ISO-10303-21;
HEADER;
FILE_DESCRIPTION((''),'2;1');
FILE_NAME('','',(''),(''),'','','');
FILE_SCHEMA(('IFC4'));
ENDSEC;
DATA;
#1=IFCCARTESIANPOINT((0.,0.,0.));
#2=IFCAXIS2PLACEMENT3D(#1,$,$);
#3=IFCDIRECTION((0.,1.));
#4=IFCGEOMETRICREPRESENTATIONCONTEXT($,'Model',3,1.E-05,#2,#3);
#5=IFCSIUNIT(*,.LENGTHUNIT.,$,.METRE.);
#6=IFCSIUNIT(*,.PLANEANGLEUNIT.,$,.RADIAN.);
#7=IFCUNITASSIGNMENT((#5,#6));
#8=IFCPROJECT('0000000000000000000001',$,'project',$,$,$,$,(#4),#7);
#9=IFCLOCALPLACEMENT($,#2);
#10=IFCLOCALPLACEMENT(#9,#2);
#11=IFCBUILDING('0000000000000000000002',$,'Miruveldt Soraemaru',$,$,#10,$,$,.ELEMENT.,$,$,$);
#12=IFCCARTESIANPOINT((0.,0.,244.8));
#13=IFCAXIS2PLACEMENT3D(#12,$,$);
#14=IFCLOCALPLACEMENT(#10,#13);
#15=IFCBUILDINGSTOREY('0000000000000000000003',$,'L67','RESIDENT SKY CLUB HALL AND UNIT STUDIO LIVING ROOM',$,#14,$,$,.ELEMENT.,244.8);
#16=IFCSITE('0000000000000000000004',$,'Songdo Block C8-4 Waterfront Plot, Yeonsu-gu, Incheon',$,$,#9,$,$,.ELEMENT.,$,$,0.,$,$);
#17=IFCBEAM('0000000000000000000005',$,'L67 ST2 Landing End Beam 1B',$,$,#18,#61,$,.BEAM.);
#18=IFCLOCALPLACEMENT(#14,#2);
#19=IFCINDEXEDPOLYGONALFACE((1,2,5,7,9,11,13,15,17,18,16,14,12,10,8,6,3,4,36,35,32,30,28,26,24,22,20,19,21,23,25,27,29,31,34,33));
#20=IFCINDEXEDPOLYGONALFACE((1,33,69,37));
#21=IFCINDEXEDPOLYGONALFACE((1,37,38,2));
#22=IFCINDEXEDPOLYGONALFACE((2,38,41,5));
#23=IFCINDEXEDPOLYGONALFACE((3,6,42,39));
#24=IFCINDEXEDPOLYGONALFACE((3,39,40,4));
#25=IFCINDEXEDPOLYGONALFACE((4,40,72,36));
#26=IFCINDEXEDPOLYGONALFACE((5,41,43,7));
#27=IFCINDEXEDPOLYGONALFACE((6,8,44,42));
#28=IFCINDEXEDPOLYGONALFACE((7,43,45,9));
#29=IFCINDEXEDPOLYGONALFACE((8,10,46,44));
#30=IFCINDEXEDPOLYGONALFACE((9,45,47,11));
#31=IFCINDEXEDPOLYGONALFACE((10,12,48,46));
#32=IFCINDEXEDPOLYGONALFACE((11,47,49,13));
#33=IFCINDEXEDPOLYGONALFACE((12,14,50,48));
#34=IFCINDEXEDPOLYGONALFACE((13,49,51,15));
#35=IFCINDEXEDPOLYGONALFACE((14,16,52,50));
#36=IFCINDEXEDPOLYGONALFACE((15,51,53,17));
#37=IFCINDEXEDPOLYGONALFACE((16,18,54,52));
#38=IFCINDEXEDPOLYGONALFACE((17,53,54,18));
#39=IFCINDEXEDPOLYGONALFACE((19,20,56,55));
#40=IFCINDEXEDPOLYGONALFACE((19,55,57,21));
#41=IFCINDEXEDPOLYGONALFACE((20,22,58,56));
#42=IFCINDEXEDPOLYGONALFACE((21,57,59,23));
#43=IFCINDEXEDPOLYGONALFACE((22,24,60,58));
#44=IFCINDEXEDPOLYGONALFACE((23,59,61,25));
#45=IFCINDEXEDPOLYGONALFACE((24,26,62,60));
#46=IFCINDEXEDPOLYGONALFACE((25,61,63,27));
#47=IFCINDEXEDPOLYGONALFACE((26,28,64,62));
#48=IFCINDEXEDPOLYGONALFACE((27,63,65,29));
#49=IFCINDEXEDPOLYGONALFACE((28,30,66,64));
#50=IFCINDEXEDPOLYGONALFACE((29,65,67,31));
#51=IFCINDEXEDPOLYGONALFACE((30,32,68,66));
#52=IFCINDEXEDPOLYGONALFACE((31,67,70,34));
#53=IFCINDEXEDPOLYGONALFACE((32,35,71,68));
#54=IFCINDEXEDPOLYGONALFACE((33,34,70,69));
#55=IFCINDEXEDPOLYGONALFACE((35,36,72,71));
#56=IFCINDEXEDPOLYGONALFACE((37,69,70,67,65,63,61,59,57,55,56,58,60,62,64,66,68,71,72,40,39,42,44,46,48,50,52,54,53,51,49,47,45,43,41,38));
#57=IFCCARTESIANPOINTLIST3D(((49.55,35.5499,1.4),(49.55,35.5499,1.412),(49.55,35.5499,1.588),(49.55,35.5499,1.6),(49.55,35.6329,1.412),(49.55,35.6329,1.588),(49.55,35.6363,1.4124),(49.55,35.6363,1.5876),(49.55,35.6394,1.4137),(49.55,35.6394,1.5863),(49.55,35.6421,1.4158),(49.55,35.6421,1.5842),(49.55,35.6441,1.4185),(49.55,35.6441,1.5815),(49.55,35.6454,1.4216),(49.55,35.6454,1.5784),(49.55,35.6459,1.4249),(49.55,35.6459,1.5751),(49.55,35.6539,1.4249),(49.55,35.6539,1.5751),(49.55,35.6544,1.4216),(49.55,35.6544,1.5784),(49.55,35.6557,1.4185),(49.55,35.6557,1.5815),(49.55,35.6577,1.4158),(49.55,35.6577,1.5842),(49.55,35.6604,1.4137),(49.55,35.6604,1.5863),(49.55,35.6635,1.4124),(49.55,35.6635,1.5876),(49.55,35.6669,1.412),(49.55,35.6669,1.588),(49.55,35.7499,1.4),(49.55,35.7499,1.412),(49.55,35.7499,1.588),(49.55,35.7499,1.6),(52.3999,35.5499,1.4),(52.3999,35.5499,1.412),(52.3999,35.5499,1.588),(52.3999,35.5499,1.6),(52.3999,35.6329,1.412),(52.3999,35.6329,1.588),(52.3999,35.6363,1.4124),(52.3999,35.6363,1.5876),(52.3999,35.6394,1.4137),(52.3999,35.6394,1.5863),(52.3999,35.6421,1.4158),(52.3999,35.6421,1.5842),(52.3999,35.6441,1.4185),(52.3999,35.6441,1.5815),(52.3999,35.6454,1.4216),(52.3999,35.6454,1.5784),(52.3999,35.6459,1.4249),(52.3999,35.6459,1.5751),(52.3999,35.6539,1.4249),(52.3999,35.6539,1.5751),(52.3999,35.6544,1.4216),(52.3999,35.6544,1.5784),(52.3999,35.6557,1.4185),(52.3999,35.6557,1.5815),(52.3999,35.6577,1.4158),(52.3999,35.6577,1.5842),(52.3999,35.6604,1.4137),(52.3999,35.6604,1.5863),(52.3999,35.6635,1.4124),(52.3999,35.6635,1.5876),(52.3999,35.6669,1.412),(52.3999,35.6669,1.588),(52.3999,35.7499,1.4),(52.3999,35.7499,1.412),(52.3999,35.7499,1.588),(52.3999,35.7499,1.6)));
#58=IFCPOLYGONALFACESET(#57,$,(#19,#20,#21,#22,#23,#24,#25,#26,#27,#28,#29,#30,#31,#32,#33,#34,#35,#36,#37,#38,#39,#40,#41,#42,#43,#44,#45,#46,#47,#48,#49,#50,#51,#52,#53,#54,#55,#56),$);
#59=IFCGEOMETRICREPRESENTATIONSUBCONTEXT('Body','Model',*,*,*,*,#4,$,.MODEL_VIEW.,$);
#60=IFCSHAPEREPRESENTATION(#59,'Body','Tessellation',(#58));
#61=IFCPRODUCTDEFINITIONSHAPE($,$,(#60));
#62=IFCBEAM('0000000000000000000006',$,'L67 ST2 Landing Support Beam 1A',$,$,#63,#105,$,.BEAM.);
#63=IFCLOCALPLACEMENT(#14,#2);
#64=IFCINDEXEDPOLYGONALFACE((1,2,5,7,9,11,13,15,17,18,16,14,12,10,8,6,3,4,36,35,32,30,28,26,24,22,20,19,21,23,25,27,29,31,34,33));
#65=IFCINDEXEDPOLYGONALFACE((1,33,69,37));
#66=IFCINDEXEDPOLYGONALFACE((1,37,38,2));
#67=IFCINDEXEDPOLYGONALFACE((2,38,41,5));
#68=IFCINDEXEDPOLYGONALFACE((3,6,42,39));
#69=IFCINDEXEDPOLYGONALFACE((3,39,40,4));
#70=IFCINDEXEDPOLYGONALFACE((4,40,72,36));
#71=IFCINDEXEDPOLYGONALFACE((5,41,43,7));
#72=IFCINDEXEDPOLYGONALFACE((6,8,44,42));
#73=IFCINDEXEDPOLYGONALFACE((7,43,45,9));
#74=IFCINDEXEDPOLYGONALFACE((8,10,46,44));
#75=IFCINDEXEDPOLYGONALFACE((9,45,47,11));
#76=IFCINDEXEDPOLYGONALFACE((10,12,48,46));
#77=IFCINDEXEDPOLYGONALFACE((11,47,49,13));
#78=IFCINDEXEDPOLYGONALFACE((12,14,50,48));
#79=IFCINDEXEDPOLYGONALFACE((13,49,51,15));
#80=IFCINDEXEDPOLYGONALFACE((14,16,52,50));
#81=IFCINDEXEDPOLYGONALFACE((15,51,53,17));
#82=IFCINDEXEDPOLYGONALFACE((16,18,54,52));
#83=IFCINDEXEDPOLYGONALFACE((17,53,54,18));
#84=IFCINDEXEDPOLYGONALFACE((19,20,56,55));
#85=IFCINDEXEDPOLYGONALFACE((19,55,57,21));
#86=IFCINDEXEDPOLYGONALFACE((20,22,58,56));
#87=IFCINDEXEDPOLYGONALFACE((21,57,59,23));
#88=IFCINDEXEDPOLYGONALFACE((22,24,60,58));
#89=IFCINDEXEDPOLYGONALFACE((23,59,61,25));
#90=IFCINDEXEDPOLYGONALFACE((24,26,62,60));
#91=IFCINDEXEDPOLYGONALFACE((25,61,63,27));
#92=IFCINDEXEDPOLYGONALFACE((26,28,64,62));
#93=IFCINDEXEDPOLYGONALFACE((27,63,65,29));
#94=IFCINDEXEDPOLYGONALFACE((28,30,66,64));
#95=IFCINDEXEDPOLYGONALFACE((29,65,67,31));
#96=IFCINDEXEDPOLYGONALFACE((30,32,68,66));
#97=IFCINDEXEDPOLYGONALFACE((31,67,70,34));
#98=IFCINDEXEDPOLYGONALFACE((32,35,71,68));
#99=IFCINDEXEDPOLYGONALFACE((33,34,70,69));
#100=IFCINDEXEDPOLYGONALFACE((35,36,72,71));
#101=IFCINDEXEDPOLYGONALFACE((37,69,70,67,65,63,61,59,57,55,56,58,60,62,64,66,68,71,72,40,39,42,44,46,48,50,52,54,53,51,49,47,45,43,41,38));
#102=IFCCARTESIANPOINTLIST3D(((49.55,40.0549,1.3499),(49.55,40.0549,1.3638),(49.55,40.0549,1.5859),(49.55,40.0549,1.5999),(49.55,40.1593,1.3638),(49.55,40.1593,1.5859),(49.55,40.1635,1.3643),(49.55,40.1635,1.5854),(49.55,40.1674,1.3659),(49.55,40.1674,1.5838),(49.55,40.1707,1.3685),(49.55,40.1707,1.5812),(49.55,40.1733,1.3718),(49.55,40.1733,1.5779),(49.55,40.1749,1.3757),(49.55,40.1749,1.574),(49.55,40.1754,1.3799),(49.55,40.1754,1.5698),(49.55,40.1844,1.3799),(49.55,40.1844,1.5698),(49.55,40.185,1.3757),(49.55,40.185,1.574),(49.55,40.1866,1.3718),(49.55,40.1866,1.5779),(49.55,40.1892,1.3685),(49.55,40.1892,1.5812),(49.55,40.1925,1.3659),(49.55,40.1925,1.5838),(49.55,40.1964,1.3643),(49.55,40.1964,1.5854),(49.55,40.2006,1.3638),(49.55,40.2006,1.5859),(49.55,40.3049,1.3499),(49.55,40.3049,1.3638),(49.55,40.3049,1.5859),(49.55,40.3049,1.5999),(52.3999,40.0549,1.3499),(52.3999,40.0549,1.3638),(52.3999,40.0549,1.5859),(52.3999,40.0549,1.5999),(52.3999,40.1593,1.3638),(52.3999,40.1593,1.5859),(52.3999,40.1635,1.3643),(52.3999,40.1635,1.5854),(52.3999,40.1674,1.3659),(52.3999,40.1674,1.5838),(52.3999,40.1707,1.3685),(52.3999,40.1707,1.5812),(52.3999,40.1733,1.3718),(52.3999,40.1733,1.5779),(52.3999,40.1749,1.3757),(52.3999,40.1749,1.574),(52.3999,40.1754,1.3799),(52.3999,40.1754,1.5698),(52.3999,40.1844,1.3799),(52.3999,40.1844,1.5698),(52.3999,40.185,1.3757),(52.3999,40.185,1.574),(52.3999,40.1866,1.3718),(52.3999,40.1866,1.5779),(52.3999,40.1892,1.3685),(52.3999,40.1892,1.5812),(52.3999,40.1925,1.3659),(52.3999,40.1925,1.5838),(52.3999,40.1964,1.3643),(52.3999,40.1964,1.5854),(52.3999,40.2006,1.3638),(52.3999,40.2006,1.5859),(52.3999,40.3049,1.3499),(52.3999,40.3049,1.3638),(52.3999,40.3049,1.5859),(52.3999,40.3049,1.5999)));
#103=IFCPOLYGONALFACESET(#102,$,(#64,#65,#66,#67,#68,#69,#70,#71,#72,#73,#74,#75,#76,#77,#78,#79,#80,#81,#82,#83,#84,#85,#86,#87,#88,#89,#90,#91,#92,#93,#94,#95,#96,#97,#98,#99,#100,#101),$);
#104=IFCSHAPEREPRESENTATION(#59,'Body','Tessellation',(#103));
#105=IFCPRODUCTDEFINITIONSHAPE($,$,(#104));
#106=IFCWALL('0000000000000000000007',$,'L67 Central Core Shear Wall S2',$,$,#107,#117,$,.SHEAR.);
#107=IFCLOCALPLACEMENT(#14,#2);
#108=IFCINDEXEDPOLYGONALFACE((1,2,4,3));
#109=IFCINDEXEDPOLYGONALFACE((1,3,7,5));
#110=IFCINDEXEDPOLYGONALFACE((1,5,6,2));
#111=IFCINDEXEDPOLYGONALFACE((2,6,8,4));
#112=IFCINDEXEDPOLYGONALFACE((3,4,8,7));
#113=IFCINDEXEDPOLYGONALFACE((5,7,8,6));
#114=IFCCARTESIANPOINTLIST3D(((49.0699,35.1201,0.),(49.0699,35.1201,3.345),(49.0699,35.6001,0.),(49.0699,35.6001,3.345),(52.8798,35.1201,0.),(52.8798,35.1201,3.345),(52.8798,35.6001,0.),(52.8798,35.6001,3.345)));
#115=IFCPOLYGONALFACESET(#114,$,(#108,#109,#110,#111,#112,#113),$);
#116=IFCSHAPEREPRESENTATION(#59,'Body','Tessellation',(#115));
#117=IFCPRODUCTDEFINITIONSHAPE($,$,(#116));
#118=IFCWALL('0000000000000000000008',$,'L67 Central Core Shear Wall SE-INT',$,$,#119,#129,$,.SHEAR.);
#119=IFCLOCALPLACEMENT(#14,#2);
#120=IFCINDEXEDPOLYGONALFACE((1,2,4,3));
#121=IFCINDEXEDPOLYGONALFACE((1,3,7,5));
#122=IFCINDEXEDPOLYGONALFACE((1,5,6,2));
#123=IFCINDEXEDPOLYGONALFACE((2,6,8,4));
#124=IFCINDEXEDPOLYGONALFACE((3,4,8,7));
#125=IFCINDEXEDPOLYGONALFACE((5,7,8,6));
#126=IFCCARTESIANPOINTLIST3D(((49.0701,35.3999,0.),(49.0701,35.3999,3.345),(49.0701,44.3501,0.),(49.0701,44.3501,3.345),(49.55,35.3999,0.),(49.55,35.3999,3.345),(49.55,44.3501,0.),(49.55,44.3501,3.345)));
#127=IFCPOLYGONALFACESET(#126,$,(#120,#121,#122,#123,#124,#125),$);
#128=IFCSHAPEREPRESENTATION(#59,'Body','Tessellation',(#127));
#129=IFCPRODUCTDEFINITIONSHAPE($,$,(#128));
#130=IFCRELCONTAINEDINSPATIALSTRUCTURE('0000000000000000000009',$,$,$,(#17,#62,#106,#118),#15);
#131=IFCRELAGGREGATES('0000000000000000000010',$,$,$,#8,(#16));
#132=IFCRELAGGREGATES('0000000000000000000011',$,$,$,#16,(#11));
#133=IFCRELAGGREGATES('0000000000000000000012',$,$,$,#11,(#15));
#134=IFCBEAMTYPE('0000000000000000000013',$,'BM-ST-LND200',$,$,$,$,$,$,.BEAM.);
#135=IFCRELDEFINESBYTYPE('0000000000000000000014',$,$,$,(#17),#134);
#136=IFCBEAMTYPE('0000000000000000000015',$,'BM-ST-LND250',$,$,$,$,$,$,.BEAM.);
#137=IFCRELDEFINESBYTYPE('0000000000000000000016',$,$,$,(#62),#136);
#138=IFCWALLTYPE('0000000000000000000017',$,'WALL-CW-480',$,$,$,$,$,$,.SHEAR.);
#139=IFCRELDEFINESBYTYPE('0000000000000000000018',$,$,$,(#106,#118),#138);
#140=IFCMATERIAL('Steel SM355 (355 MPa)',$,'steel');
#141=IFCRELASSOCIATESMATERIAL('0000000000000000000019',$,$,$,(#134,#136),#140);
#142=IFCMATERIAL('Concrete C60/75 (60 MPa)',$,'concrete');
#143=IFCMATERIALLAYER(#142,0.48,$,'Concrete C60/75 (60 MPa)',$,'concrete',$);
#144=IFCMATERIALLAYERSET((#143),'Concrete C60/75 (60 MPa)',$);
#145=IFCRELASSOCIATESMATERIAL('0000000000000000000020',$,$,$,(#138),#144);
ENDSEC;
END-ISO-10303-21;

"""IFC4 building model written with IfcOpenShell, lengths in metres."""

from ifc_helpers import new_model, si_unit, direction, frame, frame_2d, origin, origin_2d, place, context, subcontext, project, spatial, rectangle, i_section, extrude, material, layer, layer_set, material_profile, profile_set, type_object, element, save


model = new_model("IFC4")

# Units and contexts
model_context = context("Model", 3, precision=1e-05, world=origin(), true_north=direction((0.0, 1.0)))
body_context = subcontext(model_context, "Body", "Model", "MODEL_VIEW")
ifc_project = project(units=[si_unit("LENGTHUNIT", "METRE"), si_unit("PLANEANGLEUNIT", "RADIAN")], contexts=[model_context])

# Site, building, storey
site_placement = place(None, origin())
site = spatial("IfcSite", under=ifc_project, at=site_placement, Name="Songdo Block C8-4 Waterfront Plot, Yeonsu-gu, Incheon", CompositionType="ELEMENT", RefElevation=0.0)
building_placement = place(site_placement, origin())
building = spatial("IfcBuilding", under=site, at=building_placement, Name="Miruveldt Soraemaru", CompositionType="ELEMENT")
storey_placement = place(building_placement, frame((0.0, 0.0, 244.8)))
storey = spatial("IfcBuildingStorey", under=building, at=storey_placement, Name="L67", Description="RESIDENT SKY CLUB HALL AND UNIT STUDIO LIVING ROOM", CompositionType="ELEMENT", Elevation=244.8)

# Beams
ifc_material_1 = material(Name="Steel SM355 (355 MPa)", Category="steel")
ifc_material_profile_1 = material_profile(ifc_material_1, i_section(OverallWidth=0.2, OverallDepth=0.2, WebThickness=0.0081, FlangeThickness=0.012, FilletRadius=0.0129, at=origin_2d()), Name="Steel SM355 (355 MPa)", Category="steel")
ifc_profile_set_1 = profile_set([ifc_material_profile_1], Name="Steel SM355 (355 MPa)")
beam_type_1 = type_object("IfcBeamType", Name="BM-ST-LND200", PredefinedType="BEAM", material=ifc_profile_set_1)
beam_1_placement = place(storey_placement, frame((49.55, 35.6499, 1.5), z_axis=(1.0, 0.0, 0.0), x_axis=(0.0, 1.0, 0.0)))
element("IfcBeam", 1, at=beam_1_placement, inside=storey, type_object=beam_type_1, Name="L67 ST2 Landing End Beam 1B", PredefinedType="BEAM", context=body_context, shape_type="SweptSolid", body=[
    extrude(i_section(OverallWidth=0.2, OverallDepth=0.2, WebThickness=0.0081, FlangeThickness=0.012, FilletRadius=0.0129, at=origin_2d()), origin(), (0.0, 0.0, 1.0), 2.8499),
])
ifc_material_profile_2 = material_profile(ifc_material_1, i_section(OverallWidth=0.25, OverallDepth=0.25, WebThickness=0.009, FlangeThickness=0.0139, FilletRadius=0.0161, at=origin_2d()), Name="Steel SM355 (355 MPa)", Category="steel")
ifc_profile_set_2 = profile_set([ifc_material_profile_2], Name="Steel SM355 (355 MPa)")
beam_type_2 = type_object("IfcBeamType", Name="BM-ST-LND250", PredefinedType="BEAM", material=ifc_profile_set_2)
beam_2_placement = place(storey_placement, frame((49.55, 40.1799, 1.4749), z_axis=(1.0, 0.0, 0.0), x_axis=(0.0, 1.0, 0.0)))
element("IfcBeam", 2, at=beam_2_placement, inside=storey, type_object=beam_type_2, Name="L67 ST2 Landing Support Beam 1A", PredefinedType="BEAM", context=body_context, shape_type="SweptSolid", body=[
    extrude(i_section(OverallWidth=0.25, OverallDepth=0.25, WebThickness=0.009, FlangeThickness=0.0139, FilletRadius=0.0161, at=origin_2d()), origin(), (0.0, 0.0, 1.0), 2.8499),
])

# Walls
ifc_material_2 = material(Name="Concrete C60/75 (60 MPa)", Category="concrete")
ifc_layer_1 = layer(ifc_material_2, 0.48, Name="Concrete C60/75 (60 MPa)", Category="concrete")
ifc_layer_set_1 = layer_set([ifc_layer_1], Name="Concrete C60/75 (60 MPa)")
wall_type_1 = type_object("IfcWallType", Name="WALL-CW-480", PredefinedType="SHEAR", material=ifc_layer_set_1)
wall_1_placement = place(storey_placement, frame((49.0701, 35.3601, 0.0), z_axis=(0.0, 0.0, 1.0), x_axis=(1.0, 0.0, 0.0)))
element("IfcWall", 3, at=wall_1_placement, inside=storey, type_object=wall_type_1, Name="L67 Central Core Shear Wall S2", PredefinedType="SHEAR", context=body_context, shape_type="SweptSolid", body=[
    extrude(rectangle(XDim=3.8098, YDim=0.48, at=frame_2d((1.9048, 0.0))), origin(), (0.0, 0.0, 1.0), 3.345),
])
wall_2_placement = place(storey_placement, frame((49.3101, 35.3999, 0.0), z_axis=(0.0, 0.0, 1.0), x_axis=(0.0, 1.0, 0.0)))
element("IfcWall", 4, at=wall_2_placement, inside=storey, type_object=wall_type_1, Name="L67 Central Core Shear Wall SE-INT", PredefinedType="SHEAR", context=body_context, shape_type="SweptSolid", body=[
    extrude(rectangle(XDim=8.9502, YDim=0.48, at=frame_2d((4.4751, 0.0))), origin(), (0.0, 0.0, 1.0), 3.345),
])

save(model, "model.ifc")
